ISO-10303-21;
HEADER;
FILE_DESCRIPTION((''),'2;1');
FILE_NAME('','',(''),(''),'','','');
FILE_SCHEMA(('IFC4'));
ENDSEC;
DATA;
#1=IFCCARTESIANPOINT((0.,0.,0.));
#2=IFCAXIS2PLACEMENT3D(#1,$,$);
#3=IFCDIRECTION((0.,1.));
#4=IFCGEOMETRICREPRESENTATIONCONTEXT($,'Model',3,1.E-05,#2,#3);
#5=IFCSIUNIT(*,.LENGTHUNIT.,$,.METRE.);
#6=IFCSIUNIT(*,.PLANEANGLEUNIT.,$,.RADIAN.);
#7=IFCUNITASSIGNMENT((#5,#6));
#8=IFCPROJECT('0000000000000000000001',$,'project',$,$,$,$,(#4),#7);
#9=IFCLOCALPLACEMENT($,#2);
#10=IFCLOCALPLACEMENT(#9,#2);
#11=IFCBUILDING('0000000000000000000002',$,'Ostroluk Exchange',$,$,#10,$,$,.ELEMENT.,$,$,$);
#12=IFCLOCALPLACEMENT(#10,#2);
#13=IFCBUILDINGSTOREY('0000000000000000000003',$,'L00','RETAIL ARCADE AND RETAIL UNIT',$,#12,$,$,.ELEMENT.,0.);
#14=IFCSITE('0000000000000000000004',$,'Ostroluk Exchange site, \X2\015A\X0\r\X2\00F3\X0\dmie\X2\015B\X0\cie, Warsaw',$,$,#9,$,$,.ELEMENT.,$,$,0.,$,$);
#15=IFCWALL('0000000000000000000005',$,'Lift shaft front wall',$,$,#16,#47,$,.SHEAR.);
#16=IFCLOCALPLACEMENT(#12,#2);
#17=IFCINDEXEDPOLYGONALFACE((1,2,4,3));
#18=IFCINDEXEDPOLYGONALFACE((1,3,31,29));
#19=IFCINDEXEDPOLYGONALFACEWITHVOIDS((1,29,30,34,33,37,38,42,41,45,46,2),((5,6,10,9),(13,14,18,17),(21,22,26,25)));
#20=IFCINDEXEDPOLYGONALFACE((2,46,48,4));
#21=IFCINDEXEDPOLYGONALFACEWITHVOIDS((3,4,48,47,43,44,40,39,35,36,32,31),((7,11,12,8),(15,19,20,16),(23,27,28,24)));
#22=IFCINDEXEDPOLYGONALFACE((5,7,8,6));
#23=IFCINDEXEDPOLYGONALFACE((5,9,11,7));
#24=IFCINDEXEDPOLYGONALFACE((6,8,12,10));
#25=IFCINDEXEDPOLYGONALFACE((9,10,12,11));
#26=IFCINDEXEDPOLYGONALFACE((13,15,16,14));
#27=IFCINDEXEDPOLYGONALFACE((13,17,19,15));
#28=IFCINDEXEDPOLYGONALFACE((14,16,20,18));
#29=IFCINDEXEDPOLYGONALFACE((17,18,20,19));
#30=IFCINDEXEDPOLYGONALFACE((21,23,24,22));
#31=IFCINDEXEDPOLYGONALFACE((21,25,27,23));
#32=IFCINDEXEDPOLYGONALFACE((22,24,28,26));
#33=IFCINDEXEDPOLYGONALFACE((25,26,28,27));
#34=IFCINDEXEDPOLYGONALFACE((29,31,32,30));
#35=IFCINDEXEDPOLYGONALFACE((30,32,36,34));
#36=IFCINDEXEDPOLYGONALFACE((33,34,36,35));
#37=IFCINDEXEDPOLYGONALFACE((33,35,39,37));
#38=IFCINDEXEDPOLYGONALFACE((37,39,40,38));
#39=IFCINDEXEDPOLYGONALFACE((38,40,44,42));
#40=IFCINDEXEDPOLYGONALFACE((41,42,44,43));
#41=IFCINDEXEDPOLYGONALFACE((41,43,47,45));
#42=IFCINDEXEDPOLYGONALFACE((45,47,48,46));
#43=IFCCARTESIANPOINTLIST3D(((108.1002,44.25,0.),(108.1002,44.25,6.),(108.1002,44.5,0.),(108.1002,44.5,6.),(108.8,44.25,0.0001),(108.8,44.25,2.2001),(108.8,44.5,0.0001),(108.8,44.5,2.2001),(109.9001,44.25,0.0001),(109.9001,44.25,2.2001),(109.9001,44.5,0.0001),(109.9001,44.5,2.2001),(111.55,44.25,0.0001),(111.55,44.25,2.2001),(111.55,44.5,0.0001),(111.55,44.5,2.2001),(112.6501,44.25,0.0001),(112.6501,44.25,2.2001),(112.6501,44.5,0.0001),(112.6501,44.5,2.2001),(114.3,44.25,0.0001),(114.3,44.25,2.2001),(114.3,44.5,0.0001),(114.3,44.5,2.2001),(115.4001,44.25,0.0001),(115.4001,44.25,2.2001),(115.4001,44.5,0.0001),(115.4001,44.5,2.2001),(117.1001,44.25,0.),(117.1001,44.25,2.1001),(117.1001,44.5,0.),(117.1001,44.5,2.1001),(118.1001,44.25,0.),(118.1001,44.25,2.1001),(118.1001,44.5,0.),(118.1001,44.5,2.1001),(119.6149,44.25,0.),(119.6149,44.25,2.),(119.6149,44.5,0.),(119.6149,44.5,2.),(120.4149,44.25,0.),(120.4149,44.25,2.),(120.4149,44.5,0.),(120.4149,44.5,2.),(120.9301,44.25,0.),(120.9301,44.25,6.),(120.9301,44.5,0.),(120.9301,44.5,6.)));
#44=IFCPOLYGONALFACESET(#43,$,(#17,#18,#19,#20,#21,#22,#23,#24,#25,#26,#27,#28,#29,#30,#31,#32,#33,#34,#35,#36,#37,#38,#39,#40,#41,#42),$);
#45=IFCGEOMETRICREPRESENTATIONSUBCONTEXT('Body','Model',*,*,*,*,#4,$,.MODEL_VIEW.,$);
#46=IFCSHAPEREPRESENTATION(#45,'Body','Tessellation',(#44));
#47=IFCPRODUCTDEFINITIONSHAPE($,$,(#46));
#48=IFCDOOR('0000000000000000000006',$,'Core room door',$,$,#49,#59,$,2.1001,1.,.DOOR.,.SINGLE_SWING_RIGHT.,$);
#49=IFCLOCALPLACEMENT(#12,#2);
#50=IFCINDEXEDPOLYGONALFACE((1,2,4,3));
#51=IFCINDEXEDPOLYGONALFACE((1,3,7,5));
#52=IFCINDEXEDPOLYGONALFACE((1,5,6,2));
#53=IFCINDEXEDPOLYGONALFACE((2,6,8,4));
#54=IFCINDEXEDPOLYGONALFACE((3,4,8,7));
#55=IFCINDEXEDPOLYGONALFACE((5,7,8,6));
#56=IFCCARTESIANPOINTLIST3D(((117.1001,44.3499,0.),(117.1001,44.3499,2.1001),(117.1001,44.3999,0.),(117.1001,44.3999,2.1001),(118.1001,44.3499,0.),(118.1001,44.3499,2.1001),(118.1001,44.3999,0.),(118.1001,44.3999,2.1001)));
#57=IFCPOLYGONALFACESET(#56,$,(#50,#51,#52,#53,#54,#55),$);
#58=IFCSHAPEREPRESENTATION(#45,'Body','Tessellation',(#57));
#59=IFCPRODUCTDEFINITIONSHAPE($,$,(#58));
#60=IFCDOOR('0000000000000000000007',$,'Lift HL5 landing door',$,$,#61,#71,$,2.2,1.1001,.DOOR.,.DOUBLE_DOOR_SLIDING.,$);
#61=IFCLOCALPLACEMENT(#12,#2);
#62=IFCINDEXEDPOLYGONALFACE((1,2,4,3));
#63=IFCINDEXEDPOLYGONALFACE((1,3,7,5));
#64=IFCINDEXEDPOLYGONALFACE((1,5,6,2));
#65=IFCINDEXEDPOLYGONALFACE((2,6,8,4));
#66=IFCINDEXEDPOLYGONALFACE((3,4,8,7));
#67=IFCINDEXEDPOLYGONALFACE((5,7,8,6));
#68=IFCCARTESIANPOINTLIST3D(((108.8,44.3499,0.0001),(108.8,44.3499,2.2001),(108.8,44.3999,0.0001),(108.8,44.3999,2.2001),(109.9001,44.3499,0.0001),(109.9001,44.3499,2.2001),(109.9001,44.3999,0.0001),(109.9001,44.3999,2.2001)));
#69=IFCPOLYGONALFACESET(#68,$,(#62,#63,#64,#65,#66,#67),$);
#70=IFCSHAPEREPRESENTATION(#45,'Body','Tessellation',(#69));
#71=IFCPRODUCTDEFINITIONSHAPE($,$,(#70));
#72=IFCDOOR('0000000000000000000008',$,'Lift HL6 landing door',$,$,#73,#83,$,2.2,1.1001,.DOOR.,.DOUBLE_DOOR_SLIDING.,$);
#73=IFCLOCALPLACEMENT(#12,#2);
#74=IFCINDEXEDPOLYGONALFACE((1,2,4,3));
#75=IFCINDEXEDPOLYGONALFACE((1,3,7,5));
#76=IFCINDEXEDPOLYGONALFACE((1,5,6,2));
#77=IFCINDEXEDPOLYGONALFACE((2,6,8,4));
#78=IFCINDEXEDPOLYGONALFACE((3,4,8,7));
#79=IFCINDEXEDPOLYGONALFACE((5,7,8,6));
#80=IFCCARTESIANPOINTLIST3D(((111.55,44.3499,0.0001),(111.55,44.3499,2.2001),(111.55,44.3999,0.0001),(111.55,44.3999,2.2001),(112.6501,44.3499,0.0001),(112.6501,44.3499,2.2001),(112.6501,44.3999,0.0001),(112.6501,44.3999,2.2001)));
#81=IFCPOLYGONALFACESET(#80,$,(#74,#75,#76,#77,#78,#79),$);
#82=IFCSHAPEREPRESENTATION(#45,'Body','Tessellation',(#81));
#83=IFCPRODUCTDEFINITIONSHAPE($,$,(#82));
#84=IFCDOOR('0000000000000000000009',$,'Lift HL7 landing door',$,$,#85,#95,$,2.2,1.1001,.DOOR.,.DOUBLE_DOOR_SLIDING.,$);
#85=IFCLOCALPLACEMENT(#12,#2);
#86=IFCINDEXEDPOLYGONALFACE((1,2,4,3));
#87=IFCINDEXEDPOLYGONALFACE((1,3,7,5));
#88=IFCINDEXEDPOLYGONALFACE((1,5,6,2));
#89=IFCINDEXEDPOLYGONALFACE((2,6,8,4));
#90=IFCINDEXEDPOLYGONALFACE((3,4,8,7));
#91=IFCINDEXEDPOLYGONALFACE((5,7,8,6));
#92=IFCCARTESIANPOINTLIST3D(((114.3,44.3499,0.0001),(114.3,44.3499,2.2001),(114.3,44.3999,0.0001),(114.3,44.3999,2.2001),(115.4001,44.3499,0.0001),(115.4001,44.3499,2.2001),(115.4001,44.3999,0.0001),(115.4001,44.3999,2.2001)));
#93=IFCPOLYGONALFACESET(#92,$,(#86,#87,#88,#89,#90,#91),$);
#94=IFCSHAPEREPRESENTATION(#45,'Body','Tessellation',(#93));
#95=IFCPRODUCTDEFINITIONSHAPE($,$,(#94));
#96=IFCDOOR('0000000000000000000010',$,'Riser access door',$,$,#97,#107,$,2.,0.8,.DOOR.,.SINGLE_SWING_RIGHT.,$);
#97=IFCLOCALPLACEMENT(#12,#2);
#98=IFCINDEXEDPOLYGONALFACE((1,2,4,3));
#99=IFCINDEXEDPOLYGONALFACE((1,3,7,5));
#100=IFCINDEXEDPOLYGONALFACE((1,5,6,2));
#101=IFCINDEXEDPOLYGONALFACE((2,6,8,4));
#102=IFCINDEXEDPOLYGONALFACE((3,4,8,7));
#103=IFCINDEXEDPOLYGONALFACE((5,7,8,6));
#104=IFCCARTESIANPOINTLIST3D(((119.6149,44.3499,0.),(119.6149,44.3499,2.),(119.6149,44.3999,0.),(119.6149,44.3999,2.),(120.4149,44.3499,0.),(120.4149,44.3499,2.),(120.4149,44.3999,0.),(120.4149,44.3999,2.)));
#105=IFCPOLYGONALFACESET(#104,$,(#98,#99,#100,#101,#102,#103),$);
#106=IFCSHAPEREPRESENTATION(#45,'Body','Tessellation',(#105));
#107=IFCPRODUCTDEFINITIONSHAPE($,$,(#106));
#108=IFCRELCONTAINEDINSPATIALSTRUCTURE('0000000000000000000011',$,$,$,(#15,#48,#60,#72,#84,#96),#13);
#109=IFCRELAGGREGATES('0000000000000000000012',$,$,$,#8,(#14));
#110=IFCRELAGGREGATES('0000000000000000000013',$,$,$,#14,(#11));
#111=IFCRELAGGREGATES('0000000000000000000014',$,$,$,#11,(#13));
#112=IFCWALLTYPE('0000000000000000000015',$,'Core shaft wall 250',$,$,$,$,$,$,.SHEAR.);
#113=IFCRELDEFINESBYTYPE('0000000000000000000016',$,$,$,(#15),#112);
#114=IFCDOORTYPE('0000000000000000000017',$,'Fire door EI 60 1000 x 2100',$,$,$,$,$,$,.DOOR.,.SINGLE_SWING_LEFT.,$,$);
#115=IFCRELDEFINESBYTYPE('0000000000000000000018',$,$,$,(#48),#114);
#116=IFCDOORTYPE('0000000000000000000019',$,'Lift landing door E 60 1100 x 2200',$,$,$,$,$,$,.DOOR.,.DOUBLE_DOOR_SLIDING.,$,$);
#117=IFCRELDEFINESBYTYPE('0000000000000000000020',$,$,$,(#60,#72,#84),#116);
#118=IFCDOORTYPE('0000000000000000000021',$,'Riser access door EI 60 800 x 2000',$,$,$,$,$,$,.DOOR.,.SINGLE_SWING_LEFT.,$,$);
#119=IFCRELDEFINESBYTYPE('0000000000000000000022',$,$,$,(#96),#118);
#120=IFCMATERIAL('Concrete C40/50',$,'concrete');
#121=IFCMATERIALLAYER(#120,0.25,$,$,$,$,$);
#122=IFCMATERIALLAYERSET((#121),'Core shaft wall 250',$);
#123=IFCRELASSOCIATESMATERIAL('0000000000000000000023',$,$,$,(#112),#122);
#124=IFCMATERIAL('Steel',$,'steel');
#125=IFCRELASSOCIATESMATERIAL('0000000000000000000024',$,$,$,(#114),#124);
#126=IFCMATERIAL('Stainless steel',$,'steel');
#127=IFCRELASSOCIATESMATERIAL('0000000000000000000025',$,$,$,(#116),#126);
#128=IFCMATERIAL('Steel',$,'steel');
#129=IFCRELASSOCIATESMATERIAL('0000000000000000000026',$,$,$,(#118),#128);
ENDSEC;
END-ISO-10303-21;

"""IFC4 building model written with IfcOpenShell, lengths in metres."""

from ifc_helpers import new_model, si_unit, direction, frame, frame_2d, origin, place, context, subcontext, project, spatial, rectangle, extrude, material, layer, layer_set, type_object, element, fill, save


model = new_model("IFC4")

# Units and contexts
model_context = context("Model", 3, precision=1e-05, world=origin(), true_north=direction((0.0, 1.0)))
body_context = subcontext(model_context, "Body", "Model", "MODEL_VIEW")
ifc_project = project(units=[si_unit("LENGTHUNIT", "METRE"), si_unit("PLANEANGLEUNIT", "RADIAN")], contexts=[model_context])

# Site, building, storey
site_placement = place(None, origin())
site = spatial("IfcSite", under=ifc_project, at=site_placement, Name="Ostroluk Exchange site, Śródmieście, Warsaw", CompositionType="ELEMENT", RefElevation=0.0)
building_placement = place(site_placement, origin())
building = spatial("IfcBuilding", under=site, at=building_placement, Name="Ostroluk Exchange", CompositionType="ELEMENT")
storey_placement = place(building_placement, origin())
storey = spatial("IfcBuildingStorey", under=building, at=storey_placement, Name="L00", Description="RETAIL ARCADE AND RETAIL UNIT", CompositionType="ELEMENT", Elevation=0.0)

# Shared definitions
ifc_material_1 = material(Name="Concrete C40/50", Category="concrete")
ifc_layer_1 = layer(ifc_material_1, 0.25)
ifc_layer_set_1 = layer_set([ifc_layer_1], Name="Core shaft wall 250")
wall_type_1 = type_object("IfcWallType", Name="Core shaft wall 250", PredefinedType="SHEAR", material=ifc_layer_set_1)

# Wall, openings, doors
wall_1_placement = place(storey_placement, frame((108.1001, 44.375, 0.0), z_axis=(0.0, 0.0, 1.0), x_axis=(1.0, 0.0, 0.0)))
wall_1 = element("IfcWall", 1, at=wall_1_placement, inside=storey, type_object=wall_type_1, Name="Lift shaft front wall", PredefinedType="SHEAR", context=body_context, shape_type="SweptSolid", body=[
    extrude(rectangle(XDim=12.8298, YDim=0.25, at=frame_2d((6.415, 0.0))), origin(), (0.0, 0.0, 1.0), 6.0),
])
opening_1_placement = place(wall_1_placement, frame((0.7, 0.0, 0.0)))
opening_1 = element("IfcOpeningElement", 2, at=opening_1_placement, cuts=wall_1, PredefinedType="OPENING", context=body_context, shape_type="SweptSolid", body=[
    extrude(rectangle(XDim=1.1001, YDim=2.2, at=frame_2d((0.55, 1.1001))), frame((0.0, 0.135, 0.0), z_axis=(0.0, -1.0, 0.0), x_axis=(1.0, 0.0, 0.0)), (0.0, 0.0, 1.0), 0.27),
])
opening_2_placement = place(wall_1_placement, frame((3.45, 0.0, 0.0)))
opening_2 = element("IfcOpeningElement", 3, at=opening_2_placement, cuts=wall_1, PredefinedType="OPENING", context=body_context, shape_type="SweptSolid", body=[
    extrude(rectangle(XDim=1.1001, YDim=2.2, at=frame_2d((0.55, 1.1001))), frame((0.0, 0.135, 0.0), z_axis=(0.0, -1.0, 0.0), x_axis=(1.0, 0.0, 0.0)), (0.0, 0.0, 1.0), 0.27),
])
opening_3_placement = place(wall_1_placement, frame((6.2, 0.0, 0.0)))
opening_3 = element("IfcOpeningElement", 4, at=opening_3_placement, cuts=wall_1, PredefinedType="OPENING", context=body_context, shape_type="SweptSolid", body=[
    extrude(rectangle(XDim=1.1001, YDim=2.2, at=frame_2d((0.55, 1.1001))), frame((0.0, 0.135, 0.0), z_axis=(0.0, -1.0, 0.0), x_axis=(1.0, 0.0, 0.0)), (0.0, 0.0, 1.0), 0.27),
])
opening_4_placement = place(wall_1_placement, frame((9.0, 0.0, 0.0)))
opening_4 = element("IfcOpeningElement", 5, at=opening_4_placement, cuts=wall_1, PredefinedType="OPENING", context=body_context, shape_type="SweptSolid", body=[
    extrude(rectangle(XDim=1.0, YDim=2.1001, at=frame_2d((0.5, 1.05))), frame((0.0, 0.135, 0.0), z_axis=(0.0, -1.0, 0.0), x_axis=(1.0, 0.0, 0.0)), (0.0, 0.0, 1.0), 0.27),
])
opening_5_placement = place(wall_1_placement, frame((11.5149, 0.0, 0.0)))
opening_5 = element("IfcOpeningElement", 6, at=opening_5_placement, cuts=wall_1, PredefinedType="OPENING", context=body_context, shape_type="SweptSolid", body=[
    extrude(rectangle(XDim=0.8, YDim=2.0, at=frame_2d((0.3999, 1.0))), frame((0.0, 0.135, 0.0), z_axis=(0.0, -1.0, 0.0), x_axis=(1.0, 0.0, 0.0)), (0.0, 0.0, 1.0), 0.27),
])
ifc_material_2 = material(Name="Steel", Category="steel")
door_type_1 = type_object("IfcDoorType", Name="Fire door EI 60 1000 x 2100", OperationType="SINGLE_SWING_LEFT", PredefinedType="DOOR", material=ifc_material_2)
door_1_placement = place(opening_4_placement, origin())
door_1 = element("IfcDoor", 7, at=door_1_placement, inside=storey, type_object=door_type_1, Name="Core room door", OperationType="SINGLE_SWING_RIGHT", OverallHeight=2.1001, OverallWidth=1.0, PredefinedType="DOOR", context=body_context, shape_type="SweptSolid", body=[
    extrude(rectangle(XDim=1.0, YDim=2.1001, at=frame_2d((0.5, 1.05))), frame((0.0, 0.0249, 0.0), z_axis=(0.0, -1.0, 0.0), x_axis=(1.0, 0.0, 0.0)), (0.0, 0.0, 1.0), 0.05),
])
fill(opening_4, door_1)
ifc_material_3 = material(Name="Stainless steel", Category="steel")
door_type_2 = type_object("IfcDoorType", Name="Lift landing door E 60 1100 x 2200", OperationType="DOUBLE_DOOR_SLIDING", PredefinedType="DOOR", material=ifc_material_3)
door_2_placement = place(opening_1_placement, origin())
door_2 = element("IfcDoor", 8, at=door_2_placement, inside=storey, type_object=door_type_2, Name="Lift HL5 landing door", OperationType="DOUBLE_DOOR_SLIDING", OverallHeight=2.2, OverallWidth=1.1001, PredefinedType="DOOR", context=body_context, shape_type="SweptSolid", body=[
    extrude(rectangle(XDim=1.1001, YDim=2.2, at=frame_2d((0.55, 1.1001))), frame((0.0, 0.0249, 0.0), z_axis=(0.0, -1.0, 0.0), x_axis=(1.0, 0.0, 0.0)), (0.0, 0.0, 1.0), 0.05),
])
fill(opening_1, door_2)
door_3_placement = place(opening_2_placement, origin())
door_3 = element("IfcDoor", 9, at=door_3_placement, inside=storey, type_object=door_type_2, Name="Lift HL6 landing door", OperationType="DOUBLE_DOOR_SLIDING", OverallHeight=2.2, OverallWidth=1.1001, PredefinedType="DOOR", context=body_context, shape_type="SweptSolid", body=[
    extrude(rectangle(XDim=1.1001, YDim=2.2, at=frame_2d((0.55, 1.1001))), frame((0.0, 0.0249, 0.0), z_axis=(0.0, -1.0, 0.0), x_axis=(1.0, 0.0, 0.0)), (0.0, 0.0, 1.0), 0.05),
])
fill(opening_2, door_3)
door_4_placement = place(opening_3_placement, origin())
door_4 = element("IfcDoor", 10, at=door_4_placement, inside=storey, type_object=door_type_2, Name="Lift HL7 landing door", OperationType="DOUBLE_DOOR_SLIDING", OverallHeight=2.2, OverallWidth=1.1001, PredefinedType="DOOR", context=body_context, shape_type="SweptSolid", body=[
    extrude(rectangle(XDim=1.1001, YDim=2.2, at=frame_2d((0.55, 1.1001))), frame((0.0, 0.0249, 0.0), z_axis=(0.0, -1.0, 0.0), x_axis=(1.0, 0.0, 0.0)), (0.0, 0.0, 1.0), 0.05),
])
fill(opening_3, door_4)
ifc_material_4 = material(Name="Steel", Category="steel")
door_type_3 = type_object("IfcDoorType", Name="Riser access door EI 60 800 x 2000", OperationType="SINGLE_SWING_LEFT", PredefinedType="DOOR", material=ifc_material_4)
door_5_placement = place(opening_5_placement, origin())
door_5 = element("IfcDoor", 11, at=door_5_placement, inside=storey, type_object=door_type_3, Name="Riser access door", OperationType="SINGLE_SWING_RIGHT", OverallHeight=2.0, OverallWidth=0.8, PredefinedType="DOOR", context=body_context, shape_type="SweptSolid", body=[
    extrude(rectangle(XDim=0.8, YDim=2.0, at=frame_2d((0.3999, 1.0))), frame((0.0, 0.0249, 0.0), z_axis=(0.0, -1.0, 0.0), x_axis=(1.0, 0.0, 0.0)), (0.0, 0.0, 1.0), 0.05),
])
fill(opening_5, door_5)

save(model, "model.ifc")
